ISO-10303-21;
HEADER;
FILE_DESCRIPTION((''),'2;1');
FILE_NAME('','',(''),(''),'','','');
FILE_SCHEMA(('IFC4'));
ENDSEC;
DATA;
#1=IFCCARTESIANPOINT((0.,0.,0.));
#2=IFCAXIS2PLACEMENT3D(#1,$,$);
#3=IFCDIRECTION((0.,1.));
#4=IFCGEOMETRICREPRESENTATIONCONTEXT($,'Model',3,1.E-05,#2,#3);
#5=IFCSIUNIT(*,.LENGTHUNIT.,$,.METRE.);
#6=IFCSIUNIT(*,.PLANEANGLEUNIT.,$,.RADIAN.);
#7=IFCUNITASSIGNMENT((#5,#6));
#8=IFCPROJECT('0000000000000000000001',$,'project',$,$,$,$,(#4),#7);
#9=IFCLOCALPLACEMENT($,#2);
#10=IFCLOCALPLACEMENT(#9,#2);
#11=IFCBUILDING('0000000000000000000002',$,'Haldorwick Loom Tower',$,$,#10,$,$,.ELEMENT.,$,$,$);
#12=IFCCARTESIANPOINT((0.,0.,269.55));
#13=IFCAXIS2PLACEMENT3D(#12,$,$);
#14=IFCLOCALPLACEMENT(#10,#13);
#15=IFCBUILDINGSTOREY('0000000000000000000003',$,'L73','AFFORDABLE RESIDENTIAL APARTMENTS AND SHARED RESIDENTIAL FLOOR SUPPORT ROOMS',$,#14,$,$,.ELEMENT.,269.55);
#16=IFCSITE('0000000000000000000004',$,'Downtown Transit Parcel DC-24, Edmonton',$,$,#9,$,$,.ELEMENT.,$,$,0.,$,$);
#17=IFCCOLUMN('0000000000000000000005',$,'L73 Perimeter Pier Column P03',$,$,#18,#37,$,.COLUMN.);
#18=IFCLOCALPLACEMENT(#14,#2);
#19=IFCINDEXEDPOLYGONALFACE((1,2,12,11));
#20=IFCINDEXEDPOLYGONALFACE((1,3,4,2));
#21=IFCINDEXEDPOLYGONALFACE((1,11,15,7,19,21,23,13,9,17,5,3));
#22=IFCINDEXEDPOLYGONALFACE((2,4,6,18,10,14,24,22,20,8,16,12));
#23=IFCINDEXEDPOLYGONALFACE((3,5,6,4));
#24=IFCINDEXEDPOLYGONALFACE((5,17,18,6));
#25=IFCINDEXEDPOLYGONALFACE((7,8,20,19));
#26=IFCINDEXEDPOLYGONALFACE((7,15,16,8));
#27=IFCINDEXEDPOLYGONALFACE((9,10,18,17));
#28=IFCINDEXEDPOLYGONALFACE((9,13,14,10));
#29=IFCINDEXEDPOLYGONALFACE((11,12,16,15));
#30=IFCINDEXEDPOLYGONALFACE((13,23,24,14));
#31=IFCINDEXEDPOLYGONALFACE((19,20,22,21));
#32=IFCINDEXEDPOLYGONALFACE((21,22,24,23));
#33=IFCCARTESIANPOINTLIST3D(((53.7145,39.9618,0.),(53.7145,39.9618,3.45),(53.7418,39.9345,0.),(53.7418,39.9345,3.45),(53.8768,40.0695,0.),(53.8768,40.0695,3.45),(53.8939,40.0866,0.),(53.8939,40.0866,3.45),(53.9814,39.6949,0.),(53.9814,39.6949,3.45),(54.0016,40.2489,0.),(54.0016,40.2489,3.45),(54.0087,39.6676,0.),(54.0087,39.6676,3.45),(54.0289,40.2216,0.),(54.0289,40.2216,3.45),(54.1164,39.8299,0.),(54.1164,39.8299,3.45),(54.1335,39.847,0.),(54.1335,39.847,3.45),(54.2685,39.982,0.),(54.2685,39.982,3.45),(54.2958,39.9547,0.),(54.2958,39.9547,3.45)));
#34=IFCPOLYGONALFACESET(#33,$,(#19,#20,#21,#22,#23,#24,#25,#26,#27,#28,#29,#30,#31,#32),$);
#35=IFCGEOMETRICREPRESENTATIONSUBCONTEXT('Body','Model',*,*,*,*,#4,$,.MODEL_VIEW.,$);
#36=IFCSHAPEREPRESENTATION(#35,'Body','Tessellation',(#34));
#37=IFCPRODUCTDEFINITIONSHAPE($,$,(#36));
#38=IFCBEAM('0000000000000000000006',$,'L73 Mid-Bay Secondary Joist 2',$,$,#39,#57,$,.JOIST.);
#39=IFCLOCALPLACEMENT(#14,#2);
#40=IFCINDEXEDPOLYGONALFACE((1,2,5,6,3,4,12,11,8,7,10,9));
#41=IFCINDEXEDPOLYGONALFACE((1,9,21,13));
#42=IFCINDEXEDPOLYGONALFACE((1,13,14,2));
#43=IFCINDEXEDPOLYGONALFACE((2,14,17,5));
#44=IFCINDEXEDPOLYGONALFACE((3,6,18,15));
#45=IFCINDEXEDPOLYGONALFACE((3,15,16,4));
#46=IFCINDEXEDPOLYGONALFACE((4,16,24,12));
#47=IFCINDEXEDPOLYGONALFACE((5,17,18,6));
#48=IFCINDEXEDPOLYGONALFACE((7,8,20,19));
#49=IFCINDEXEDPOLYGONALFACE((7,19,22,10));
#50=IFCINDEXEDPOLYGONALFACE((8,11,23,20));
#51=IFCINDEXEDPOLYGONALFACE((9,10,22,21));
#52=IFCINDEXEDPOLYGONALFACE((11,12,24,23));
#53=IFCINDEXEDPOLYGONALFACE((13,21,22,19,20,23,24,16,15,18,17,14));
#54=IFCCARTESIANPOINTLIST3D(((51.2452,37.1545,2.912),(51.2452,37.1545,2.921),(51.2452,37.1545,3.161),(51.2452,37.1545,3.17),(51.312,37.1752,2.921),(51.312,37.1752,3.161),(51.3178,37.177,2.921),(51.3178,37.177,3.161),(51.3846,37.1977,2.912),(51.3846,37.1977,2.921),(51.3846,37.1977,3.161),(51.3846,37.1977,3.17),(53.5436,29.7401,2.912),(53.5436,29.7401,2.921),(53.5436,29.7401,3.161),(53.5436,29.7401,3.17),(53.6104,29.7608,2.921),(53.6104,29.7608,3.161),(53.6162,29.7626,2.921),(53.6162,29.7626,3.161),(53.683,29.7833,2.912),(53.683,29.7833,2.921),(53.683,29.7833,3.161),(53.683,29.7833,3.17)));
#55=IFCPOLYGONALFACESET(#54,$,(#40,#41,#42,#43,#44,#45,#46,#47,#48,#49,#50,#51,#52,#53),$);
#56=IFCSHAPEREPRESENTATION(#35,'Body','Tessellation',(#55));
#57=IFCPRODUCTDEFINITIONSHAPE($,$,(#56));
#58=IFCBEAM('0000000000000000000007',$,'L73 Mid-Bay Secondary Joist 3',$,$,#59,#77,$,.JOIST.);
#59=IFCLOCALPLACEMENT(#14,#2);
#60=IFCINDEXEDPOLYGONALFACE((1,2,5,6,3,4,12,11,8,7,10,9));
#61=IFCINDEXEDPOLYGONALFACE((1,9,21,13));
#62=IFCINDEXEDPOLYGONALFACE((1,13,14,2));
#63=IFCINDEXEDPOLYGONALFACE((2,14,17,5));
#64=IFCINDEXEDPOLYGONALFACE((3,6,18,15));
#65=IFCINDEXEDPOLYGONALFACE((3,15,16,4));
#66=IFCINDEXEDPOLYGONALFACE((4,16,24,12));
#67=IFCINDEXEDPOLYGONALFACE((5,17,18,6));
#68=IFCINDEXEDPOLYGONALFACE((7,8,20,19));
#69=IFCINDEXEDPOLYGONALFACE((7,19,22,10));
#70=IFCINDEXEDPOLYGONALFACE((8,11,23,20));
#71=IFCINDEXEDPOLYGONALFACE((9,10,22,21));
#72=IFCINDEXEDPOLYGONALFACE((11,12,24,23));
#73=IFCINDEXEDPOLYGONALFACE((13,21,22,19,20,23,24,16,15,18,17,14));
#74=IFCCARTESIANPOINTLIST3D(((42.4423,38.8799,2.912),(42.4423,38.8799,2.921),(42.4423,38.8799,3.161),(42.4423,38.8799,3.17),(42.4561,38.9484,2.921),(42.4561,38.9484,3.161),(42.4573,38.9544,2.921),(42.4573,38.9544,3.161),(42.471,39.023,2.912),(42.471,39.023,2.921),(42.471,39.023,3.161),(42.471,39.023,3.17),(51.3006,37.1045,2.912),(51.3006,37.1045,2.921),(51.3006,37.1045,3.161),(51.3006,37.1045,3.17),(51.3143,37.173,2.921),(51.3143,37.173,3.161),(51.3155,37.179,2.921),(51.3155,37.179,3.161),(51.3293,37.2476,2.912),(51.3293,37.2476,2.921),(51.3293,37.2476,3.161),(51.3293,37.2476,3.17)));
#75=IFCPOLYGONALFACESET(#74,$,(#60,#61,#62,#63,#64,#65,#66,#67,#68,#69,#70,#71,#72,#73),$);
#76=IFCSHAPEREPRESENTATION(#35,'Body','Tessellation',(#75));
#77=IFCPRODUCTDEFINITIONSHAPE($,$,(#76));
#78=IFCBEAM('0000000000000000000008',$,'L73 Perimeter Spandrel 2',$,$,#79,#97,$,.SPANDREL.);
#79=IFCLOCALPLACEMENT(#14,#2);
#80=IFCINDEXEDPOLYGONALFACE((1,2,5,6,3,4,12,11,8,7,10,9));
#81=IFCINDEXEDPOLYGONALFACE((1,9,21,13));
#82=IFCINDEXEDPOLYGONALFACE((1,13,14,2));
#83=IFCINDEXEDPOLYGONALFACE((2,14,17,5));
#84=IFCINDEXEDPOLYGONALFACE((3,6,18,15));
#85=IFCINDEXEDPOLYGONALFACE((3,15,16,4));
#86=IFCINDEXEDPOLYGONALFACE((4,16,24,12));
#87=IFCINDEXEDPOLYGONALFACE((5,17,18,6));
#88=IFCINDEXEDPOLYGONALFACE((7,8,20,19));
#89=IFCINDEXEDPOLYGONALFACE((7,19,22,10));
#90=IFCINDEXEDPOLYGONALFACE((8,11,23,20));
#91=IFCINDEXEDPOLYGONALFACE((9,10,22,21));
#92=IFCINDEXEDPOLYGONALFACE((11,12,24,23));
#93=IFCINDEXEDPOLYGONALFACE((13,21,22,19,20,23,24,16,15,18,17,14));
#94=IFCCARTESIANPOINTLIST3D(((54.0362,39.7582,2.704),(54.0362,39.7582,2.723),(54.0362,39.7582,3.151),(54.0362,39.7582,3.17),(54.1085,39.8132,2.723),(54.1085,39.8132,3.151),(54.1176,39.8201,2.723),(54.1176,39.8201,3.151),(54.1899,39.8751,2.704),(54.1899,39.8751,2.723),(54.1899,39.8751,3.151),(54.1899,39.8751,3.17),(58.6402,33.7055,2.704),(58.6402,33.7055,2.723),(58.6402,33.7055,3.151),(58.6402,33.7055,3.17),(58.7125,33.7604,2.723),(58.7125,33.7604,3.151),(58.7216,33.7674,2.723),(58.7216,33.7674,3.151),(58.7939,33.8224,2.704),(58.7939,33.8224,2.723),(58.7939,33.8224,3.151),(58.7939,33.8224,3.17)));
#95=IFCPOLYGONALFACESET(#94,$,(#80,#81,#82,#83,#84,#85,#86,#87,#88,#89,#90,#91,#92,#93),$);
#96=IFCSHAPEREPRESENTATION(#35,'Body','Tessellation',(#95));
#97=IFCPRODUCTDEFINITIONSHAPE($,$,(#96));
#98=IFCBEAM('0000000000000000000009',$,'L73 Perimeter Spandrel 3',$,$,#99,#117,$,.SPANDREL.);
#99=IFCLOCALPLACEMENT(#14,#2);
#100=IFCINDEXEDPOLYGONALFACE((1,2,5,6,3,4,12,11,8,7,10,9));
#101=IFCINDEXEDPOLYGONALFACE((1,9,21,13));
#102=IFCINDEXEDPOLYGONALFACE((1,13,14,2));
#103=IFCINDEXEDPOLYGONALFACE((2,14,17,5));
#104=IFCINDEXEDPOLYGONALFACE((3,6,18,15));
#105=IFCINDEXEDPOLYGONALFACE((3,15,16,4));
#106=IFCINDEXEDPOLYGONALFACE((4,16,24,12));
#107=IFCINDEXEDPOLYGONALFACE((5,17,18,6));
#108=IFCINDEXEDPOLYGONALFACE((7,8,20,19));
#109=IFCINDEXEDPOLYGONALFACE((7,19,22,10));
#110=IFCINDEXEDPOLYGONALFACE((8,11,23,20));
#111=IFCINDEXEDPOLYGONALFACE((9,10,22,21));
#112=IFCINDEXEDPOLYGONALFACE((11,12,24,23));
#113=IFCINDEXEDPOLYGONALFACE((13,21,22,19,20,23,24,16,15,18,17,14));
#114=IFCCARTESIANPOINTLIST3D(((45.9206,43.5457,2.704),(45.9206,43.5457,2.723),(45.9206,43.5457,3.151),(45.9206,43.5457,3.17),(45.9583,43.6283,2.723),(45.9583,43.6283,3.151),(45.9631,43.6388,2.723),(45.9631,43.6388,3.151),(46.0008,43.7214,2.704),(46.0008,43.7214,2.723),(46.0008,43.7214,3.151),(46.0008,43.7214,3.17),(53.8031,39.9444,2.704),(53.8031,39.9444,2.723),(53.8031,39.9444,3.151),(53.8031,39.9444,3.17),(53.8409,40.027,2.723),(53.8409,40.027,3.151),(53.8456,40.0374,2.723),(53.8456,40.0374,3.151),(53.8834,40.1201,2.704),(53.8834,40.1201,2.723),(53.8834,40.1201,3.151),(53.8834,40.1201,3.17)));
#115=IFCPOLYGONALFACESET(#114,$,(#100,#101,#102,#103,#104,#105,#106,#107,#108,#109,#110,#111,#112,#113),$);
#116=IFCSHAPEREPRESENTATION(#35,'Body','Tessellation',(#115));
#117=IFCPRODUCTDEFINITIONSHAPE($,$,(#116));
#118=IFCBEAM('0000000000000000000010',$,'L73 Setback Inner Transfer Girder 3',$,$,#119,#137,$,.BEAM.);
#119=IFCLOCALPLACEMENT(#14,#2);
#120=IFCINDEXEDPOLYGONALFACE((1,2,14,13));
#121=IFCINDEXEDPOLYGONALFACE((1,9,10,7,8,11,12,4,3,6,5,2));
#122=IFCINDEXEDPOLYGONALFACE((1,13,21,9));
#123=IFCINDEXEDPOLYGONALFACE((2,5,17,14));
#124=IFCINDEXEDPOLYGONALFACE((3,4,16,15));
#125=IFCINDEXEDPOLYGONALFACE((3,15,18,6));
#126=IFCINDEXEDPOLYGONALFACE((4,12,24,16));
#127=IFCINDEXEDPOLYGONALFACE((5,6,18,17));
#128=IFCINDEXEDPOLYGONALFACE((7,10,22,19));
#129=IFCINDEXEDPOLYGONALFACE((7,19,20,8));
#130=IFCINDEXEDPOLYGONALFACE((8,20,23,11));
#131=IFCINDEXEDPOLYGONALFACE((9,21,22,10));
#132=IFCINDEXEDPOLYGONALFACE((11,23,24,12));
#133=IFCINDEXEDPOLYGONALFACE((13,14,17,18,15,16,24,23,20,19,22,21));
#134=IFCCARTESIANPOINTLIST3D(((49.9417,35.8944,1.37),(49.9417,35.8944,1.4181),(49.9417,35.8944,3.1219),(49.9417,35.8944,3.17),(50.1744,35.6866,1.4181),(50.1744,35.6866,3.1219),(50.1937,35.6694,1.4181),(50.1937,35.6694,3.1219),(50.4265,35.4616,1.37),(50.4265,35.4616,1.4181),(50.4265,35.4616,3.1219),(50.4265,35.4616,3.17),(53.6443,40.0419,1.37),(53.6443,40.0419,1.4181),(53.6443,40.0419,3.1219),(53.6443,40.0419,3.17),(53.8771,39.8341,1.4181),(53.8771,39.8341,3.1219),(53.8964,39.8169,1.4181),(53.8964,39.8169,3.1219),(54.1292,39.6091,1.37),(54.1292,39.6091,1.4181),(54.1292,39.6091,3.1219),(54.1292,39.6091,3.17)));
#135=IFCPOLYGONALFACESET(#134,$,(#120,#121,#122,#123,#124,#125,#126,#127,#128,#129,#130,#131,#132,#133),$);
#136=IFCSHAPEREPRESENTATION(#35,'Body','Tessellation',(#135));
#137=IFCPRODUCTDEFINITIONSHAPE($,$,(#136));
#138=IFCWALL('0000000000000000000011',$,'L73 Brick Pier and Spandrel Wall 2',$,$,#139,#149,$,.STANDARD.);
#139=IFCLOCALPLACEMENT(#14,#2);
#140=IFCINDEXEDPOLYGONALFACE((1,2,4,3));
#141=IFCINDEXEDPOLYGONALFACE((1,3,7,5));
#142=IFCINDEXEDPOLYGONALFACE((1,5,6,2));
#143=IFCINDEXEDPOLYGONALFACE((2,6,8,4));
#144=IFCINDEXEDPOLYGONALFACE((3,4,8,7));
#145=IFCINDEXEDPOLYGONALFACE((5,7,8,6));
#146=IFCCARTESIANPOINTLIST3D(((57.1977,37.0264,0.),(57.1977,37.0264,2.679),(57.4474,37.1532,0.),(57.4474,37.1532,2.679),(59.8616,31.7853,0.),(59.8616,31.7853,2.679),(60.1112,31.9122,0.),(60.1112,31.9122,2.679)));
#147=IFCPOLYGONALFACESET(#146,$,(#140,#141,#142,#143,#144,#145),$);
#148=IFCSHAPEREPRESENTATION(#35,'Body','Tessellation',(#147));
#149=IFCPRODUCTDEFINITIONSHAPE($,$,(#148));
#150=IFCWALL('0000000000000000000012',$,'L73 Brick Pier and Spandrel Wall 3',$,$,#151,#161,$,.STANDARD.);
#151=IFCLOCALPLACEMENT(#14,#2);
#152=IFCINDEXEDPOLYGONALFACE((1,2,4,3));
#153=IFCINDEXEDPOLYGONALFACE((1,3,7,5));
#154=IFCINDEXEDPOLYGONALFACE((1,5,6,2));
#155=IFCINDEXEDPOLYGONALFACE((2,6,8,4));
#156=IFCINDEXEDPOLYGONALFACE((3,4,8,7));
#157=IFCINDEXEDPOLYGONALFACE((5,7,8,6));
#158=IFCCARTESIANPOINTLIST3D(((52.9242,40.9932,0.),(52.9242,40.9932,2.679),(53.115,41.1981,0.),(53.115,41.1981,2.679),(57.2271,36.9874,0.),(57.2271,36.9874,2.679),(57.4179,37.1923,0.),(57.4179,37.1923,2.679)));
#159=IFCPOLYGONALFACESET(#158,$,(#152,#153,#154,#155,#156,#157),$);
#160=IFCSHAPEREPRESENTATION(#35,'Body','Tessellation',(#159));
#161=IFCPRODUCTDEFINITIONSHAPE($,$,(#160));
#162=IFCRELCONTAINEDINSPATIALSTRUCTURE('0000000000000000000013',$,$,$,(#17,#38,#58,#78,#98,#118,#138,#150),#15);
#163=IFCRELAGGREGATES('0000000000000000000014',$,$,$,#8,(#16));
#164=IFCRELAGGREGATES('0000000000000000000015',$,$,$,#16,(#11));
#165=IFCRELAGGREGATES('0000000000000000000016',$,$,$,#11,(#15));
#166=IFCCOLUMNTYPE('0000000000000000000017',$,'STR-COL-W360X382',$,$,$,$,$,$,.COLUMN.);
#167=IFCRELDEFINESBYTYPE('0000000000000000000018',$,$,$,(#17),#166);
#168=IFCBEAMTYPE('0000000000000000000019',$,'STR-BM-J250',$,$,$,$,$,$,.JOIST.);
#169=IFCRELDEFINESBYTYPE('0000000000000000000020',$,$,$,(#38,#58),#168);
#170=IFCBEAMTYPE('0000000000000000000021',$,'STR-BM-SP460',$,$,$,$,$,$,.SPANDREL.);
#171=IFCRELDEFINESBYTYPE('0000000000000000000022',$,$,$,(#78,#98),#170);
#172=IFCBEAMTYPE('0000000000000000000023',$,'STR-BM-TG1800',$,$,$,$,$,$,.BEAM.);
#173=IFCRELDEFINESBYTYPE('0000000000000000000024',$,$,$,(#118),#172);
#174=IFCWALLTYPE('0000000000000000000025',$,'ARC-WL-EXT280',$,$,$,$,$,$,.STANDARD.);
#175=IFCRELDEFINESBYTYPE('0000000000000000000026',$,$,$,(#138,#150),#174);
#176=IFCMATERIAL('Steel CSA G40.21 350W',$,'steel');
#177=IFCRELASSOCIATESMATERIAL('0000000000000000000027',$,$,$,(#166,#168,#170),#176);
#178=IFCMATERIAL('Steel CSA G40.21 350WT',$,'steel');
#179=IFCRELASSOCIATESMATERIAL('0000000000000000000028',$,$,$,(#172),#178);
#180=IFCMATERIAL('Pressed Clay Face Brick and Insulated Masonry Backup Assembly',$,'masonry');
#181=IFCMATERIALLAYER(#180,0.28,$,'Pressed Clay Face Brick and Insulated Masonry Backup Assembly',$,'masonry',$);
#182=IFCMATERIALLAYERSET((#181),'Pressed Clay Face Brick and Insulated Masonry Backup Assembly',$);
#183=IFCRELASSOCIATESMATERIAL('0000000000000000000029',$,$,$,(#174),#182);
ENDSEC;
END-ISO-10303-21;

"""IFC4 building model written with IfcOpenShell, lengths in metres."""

from ifc_helpers import new_model, si_unit, direction, frame, frame_2d, origin, origin_2d, place, context, subcontext, project, spatial, rectangle, i_section, extrude, material, layer, layer_set, material_profile, profile_set, type_object, element, save


model = new_model("IFC4")

# Units and contexts
model_context = context("Model", 3, precision=1e-05, world=origin(), true_north=direction((0.0, 1.0)))
body_context = subcontext(model_context, "Body", "Model", "MODEL_VIEW")
ifc_project = project(units=[si_unit("LENGTHUNIT", "METRE"), si_unit("PLANEANGLEUNIT", "RADIAN")], contexts=[model_context])

# Site, building, storey
site_placement = place(None, origin())
site = spatial("IfcSite", under=ifc_project, at=site_placement, Name="Downtown Transit Parcel DC-24, Edmonton", CompositionType="ELEMENT", RefElevation=0.0)
building_placement = place(site_placement, origin())
building = spatial("IfcBuilding", under=site, at=building_placement, Name="Haldorwick Loom Tower", CompositionType="ELEMENT")
storey_placement = place(building_placement, frame((0.0, 0.0, 269.55)))
storey = spatial("IfcBuildingStorey", under=building, at=storey_placement, Name="L73", Description="AFFORDABLE RESIDENTIAL APARTMENTS AND SHARED RESIDENTIAL FLOOR SUPPORT ROOMS", CompositionType="ELEMENT", Elevation=269.55)

# Column
ifc_material_1 = material(Name="Steel CSA G40.21 350W", Category="steel")
ifc_material_profile_1 = material_profile(ifc_material_1, i_section(OverallWidth=0.406, OverallDepth=0.416, WebThickness=0.0242, FlangeThickness=0.0386, at=origin_2d()), Name="W360X382", Category="steel")
ifc_profile_set_1 = profile_set([ifc_material_profile_1], Name="Steel CSA G40.21 350W")
column_type_1 = type_object("IfcColumnType", Name="STR-COL-W360X382", PredefinedType="COLUMN", material=ifc_profile_set_1)
column_1_placement = place(storey_placement, frame((54.0051, 39.9583, 0.0), z_axis=(0.0, 0.0, 1.0), x_axis=(0.707107, 0.707107, 0.0)))
element("IfcColumn", 1, at=column_1_placement, inside=storey, type_object=column_type_1, Name="L73 Perimeter Pier Column P03", PredefinedType="COLUMN", context=body_context, shape_type="SweptSolid", body=[
    extrude(i_section(OverallWidth=0.406, OverallDepth=0.416, WebThickness=0.0242, FlangeThickness=0.0386, at=origin_2d()), origin(), (0.0, 0.0, 1.0), 3.45),
])

# Beams
ifc_material_profile_2 = material_profile(ifc_material_1, i_section(OverallWidth=0.146, OverallDepth=0.2581, WebThickness=0.0061, FlangeThickness=0.009, at=origin_2d()), Name="W250X33", Category="steel")
ifc_profile_set_2 = profile_set([ifc_material_profile_2], Name="Steel CSA G40.21 350W")
beam_type_1 = type_object("IfcBeamType", Name="STR-BM-J250", PredefinedType="JOIST", material=ifc_profile_set_2)
beam_1_placement = place(storey_placement, frame((53.6133, 29.7617, 3.041), z_axis=(-0.296088, 0.955161, 0.0), x_axis=(-0.955161, -0.296088, 0.0)))
element("IfcBeam", 2, at=beam_1_placement, inside=storey, type_object=beam_type_1, Name="L73 Mid-Bay Secondary Joist 2", PredefinedType="JOIST", context=body_context, shape_type="SweptSolid", body=[
    extrude(i_section(OverallWidth=0.146, OverallDepth=0.2581, WebThickness=0.0061, FlangeThickness=0.009, at=origin_2d()), origin(), (0.0, 0.0, 1.0), 7.7625),
])
beam_2_placement = place(storey_placement, frame((51.3149, 37.176, 3.041), z_axis=(-0.980501, 0.196516, 0.0), x_axis=(-0.196516, -0.980501, 0.0)))
element("IfcBeam", 3, at=beam_2_placement, inside=storey, type_object=beam_type_1, Name="L73 Mid-Bay Secondary Joist 3", PredefinedType="JOIST", context=body_context, shape_type="SweptSolid", body=[
    extrude(i_section(OverallWidth=0.146, OverallDepth=0.2581, WebThickness=0.0061, FlangeThickness=0.009, at=origin_2d()), origin(), (0.0, 0.0, 1.0), 9.0344),
])
ifc_material_profile_3 = material_profile(ifc_material_1, i_section(OverallWidth=0.1931, OverallDepth=0.4661, WebThickness=0.0115, FlangeThickness=0.019, at=origin_2d()), Name="W460X97", Category="steel")
ifc_profile_set_3 = profile_set([ifc_material_profile_3], Name="Steel CSA G40.21 350W")
beam_type_2 = type_object("IfcBeamType", Name="STR-BM-SP460", PredefinedType="SPANDREL", material=ifc_profile_set_3)
beam_3_placement = place(storey_placement, frame((58.717, 33.7639, 2.937), z_axis=(-0.60541, 0.795913, 0.0), x_axis=(-0.795913, -0.60541, 0.0)))
element("IfcBeam", 4, at=beam_3_placement, inside=storey, type_object=beam_type_2, Name="L73 Perimeter Spandrel 2", PredefinedType="SPANDREL", context=body_context, shape_type="SweptSolid", body=[
    extrude(i_section(OverallWidth=0.1931, OverallDepth=0.4661, WebThickness=0.0115, FlangeThickness=0.019, at=origin_2d()), origin(), (0.0, 0.0, 1.0), 7.6047),
])
beam_4_placement = place(storey_placement, frame((53.8433, 40.0322, 2.937), z_axis=(-0.909568, 0.415555, 0.0), x_axis=(-0.415555, -0.909568, 0.0)))
element("IfcBeam", 5, at=beam_4_placement, inside=storey, type_object=beam_type_2, Name="L73 Perimeter Spandrel 3", PredefinedType="SPANDREL", context=body_context, shape_type="SweptSolid", body=[
    extrude(i_section(OverallWidth=0.1931, OverallDepth=0.4661, WebThickness=0.0115, FlangeThickness=0.019, at=origin_2d()), origin(), (0.0, 0.0, 1.0), 8.6663),
])
ifc_material_2 = material(Name="Steel CSA G40.21 350WT", Category="steel")
ifc_material_profile_4 = material_profile(ifc_material_2, i_section(OverallWidth=0.6499, OverallDepth=1.8, WebThickness=0.0259, FlangeThickness=0.0481, at=origin_2d()), Name="WWF1800X650", Category="steel")
ifc_profile_set_4 = profile_set([ifc_material_profile_4], Name="Steel CSA G40.21 350WT")
beam_type_3 = type_object("IfcBeamType", Name="STR-BM-TG1800", PredefinedType="BEAM", material=ifc_profile_set_4)
beam_5_placement = place(storey_placement, frame((50.1841, 35.678, 2.27), z_axis=(0.66597, 0.745978, 0.0), x_axis=(-0.745978, 0.66597, 0.0)))
element("IfcBeam", 6, at=beam_5_placement, inside=storey, type_object=beam_type_3, Name="L73 Setback Inner Transfer Girder 3", PredefinedType="BEAM", context=body_context, shape_type="SweptSolid", body=[
    extrude(i_section(OverallWidth=0.6499, OverallDepth=1.8, WebThickness=0.0259, FlangeThickness=0.0481, at=origin_2d()), origin(), (0.0, 0.0, 1.0), 5.5598),
])

# Walls
ifc_material_3 = material(Name="Pressed Clay Face Brick and Insulated Masonry Backup Assembly", Category="masonry")
ifc_layer_1 = layer(ifc_material_3, 0.28, Name="Pressed Clay Face Brick and Insulated Masonry Backup Assembly", Category="masonry")
ifc_layer_set_1 = layer_set([ifc_layer_1], Name="Pressed Clay Face Brick and Insulated Masonry Backup Assembly")
wall_type_1 = type_object("IfcWallType", Name="ARC-WL-EXT280", PredefinedType="STANDARD", material=ifc_layer_set_1)
wall_1_placement = place(storey_placement, frame((59.9863, 31.8489, 0.0), z_axis=(0.0, 0.0, 1.0), x_axis=(-0.453101, 0.891459, 0.0)))
element("IfcWall", 7, at=wall_1_placement, inside=storey, type_object=wall_type_1, Name="L73 Brick Pier and Spandrel Wall 2", PredefinedType="STANDARD", context=body_context, shape_type="SweptSolid", body=[
    extrude(rectangle(XDim=5.8792, YDim=0.28, at=frame_2d((2.9395, 0.0))), origin(), (0.0, 0.0, 1.0), 2.679),
])
wall_2_placement = place(storey_placement, frame((57.3225, 37.0898, 0.0), z_axis=(0.0, 0.0, 1.0), x_axis=(-0.731925, 0.681386, 0.0)))
element("IfcWall", 8, at=wall_2_placement, inside=storey, type_object=wall_type_1, Name="L73 Brick Pier and Spandrel Wall 3", PredefinedType="STANDARD", context=body_context, shape_type="SweptSolid", body=[
    extrude(rectangle(XDim=5.8789, YDim=0.28, at=frame_2d((2.9395, 0.0))), origin(), (0.0, 0.0, 1.0), 2.679),
])

save(model, "model.ifc")
